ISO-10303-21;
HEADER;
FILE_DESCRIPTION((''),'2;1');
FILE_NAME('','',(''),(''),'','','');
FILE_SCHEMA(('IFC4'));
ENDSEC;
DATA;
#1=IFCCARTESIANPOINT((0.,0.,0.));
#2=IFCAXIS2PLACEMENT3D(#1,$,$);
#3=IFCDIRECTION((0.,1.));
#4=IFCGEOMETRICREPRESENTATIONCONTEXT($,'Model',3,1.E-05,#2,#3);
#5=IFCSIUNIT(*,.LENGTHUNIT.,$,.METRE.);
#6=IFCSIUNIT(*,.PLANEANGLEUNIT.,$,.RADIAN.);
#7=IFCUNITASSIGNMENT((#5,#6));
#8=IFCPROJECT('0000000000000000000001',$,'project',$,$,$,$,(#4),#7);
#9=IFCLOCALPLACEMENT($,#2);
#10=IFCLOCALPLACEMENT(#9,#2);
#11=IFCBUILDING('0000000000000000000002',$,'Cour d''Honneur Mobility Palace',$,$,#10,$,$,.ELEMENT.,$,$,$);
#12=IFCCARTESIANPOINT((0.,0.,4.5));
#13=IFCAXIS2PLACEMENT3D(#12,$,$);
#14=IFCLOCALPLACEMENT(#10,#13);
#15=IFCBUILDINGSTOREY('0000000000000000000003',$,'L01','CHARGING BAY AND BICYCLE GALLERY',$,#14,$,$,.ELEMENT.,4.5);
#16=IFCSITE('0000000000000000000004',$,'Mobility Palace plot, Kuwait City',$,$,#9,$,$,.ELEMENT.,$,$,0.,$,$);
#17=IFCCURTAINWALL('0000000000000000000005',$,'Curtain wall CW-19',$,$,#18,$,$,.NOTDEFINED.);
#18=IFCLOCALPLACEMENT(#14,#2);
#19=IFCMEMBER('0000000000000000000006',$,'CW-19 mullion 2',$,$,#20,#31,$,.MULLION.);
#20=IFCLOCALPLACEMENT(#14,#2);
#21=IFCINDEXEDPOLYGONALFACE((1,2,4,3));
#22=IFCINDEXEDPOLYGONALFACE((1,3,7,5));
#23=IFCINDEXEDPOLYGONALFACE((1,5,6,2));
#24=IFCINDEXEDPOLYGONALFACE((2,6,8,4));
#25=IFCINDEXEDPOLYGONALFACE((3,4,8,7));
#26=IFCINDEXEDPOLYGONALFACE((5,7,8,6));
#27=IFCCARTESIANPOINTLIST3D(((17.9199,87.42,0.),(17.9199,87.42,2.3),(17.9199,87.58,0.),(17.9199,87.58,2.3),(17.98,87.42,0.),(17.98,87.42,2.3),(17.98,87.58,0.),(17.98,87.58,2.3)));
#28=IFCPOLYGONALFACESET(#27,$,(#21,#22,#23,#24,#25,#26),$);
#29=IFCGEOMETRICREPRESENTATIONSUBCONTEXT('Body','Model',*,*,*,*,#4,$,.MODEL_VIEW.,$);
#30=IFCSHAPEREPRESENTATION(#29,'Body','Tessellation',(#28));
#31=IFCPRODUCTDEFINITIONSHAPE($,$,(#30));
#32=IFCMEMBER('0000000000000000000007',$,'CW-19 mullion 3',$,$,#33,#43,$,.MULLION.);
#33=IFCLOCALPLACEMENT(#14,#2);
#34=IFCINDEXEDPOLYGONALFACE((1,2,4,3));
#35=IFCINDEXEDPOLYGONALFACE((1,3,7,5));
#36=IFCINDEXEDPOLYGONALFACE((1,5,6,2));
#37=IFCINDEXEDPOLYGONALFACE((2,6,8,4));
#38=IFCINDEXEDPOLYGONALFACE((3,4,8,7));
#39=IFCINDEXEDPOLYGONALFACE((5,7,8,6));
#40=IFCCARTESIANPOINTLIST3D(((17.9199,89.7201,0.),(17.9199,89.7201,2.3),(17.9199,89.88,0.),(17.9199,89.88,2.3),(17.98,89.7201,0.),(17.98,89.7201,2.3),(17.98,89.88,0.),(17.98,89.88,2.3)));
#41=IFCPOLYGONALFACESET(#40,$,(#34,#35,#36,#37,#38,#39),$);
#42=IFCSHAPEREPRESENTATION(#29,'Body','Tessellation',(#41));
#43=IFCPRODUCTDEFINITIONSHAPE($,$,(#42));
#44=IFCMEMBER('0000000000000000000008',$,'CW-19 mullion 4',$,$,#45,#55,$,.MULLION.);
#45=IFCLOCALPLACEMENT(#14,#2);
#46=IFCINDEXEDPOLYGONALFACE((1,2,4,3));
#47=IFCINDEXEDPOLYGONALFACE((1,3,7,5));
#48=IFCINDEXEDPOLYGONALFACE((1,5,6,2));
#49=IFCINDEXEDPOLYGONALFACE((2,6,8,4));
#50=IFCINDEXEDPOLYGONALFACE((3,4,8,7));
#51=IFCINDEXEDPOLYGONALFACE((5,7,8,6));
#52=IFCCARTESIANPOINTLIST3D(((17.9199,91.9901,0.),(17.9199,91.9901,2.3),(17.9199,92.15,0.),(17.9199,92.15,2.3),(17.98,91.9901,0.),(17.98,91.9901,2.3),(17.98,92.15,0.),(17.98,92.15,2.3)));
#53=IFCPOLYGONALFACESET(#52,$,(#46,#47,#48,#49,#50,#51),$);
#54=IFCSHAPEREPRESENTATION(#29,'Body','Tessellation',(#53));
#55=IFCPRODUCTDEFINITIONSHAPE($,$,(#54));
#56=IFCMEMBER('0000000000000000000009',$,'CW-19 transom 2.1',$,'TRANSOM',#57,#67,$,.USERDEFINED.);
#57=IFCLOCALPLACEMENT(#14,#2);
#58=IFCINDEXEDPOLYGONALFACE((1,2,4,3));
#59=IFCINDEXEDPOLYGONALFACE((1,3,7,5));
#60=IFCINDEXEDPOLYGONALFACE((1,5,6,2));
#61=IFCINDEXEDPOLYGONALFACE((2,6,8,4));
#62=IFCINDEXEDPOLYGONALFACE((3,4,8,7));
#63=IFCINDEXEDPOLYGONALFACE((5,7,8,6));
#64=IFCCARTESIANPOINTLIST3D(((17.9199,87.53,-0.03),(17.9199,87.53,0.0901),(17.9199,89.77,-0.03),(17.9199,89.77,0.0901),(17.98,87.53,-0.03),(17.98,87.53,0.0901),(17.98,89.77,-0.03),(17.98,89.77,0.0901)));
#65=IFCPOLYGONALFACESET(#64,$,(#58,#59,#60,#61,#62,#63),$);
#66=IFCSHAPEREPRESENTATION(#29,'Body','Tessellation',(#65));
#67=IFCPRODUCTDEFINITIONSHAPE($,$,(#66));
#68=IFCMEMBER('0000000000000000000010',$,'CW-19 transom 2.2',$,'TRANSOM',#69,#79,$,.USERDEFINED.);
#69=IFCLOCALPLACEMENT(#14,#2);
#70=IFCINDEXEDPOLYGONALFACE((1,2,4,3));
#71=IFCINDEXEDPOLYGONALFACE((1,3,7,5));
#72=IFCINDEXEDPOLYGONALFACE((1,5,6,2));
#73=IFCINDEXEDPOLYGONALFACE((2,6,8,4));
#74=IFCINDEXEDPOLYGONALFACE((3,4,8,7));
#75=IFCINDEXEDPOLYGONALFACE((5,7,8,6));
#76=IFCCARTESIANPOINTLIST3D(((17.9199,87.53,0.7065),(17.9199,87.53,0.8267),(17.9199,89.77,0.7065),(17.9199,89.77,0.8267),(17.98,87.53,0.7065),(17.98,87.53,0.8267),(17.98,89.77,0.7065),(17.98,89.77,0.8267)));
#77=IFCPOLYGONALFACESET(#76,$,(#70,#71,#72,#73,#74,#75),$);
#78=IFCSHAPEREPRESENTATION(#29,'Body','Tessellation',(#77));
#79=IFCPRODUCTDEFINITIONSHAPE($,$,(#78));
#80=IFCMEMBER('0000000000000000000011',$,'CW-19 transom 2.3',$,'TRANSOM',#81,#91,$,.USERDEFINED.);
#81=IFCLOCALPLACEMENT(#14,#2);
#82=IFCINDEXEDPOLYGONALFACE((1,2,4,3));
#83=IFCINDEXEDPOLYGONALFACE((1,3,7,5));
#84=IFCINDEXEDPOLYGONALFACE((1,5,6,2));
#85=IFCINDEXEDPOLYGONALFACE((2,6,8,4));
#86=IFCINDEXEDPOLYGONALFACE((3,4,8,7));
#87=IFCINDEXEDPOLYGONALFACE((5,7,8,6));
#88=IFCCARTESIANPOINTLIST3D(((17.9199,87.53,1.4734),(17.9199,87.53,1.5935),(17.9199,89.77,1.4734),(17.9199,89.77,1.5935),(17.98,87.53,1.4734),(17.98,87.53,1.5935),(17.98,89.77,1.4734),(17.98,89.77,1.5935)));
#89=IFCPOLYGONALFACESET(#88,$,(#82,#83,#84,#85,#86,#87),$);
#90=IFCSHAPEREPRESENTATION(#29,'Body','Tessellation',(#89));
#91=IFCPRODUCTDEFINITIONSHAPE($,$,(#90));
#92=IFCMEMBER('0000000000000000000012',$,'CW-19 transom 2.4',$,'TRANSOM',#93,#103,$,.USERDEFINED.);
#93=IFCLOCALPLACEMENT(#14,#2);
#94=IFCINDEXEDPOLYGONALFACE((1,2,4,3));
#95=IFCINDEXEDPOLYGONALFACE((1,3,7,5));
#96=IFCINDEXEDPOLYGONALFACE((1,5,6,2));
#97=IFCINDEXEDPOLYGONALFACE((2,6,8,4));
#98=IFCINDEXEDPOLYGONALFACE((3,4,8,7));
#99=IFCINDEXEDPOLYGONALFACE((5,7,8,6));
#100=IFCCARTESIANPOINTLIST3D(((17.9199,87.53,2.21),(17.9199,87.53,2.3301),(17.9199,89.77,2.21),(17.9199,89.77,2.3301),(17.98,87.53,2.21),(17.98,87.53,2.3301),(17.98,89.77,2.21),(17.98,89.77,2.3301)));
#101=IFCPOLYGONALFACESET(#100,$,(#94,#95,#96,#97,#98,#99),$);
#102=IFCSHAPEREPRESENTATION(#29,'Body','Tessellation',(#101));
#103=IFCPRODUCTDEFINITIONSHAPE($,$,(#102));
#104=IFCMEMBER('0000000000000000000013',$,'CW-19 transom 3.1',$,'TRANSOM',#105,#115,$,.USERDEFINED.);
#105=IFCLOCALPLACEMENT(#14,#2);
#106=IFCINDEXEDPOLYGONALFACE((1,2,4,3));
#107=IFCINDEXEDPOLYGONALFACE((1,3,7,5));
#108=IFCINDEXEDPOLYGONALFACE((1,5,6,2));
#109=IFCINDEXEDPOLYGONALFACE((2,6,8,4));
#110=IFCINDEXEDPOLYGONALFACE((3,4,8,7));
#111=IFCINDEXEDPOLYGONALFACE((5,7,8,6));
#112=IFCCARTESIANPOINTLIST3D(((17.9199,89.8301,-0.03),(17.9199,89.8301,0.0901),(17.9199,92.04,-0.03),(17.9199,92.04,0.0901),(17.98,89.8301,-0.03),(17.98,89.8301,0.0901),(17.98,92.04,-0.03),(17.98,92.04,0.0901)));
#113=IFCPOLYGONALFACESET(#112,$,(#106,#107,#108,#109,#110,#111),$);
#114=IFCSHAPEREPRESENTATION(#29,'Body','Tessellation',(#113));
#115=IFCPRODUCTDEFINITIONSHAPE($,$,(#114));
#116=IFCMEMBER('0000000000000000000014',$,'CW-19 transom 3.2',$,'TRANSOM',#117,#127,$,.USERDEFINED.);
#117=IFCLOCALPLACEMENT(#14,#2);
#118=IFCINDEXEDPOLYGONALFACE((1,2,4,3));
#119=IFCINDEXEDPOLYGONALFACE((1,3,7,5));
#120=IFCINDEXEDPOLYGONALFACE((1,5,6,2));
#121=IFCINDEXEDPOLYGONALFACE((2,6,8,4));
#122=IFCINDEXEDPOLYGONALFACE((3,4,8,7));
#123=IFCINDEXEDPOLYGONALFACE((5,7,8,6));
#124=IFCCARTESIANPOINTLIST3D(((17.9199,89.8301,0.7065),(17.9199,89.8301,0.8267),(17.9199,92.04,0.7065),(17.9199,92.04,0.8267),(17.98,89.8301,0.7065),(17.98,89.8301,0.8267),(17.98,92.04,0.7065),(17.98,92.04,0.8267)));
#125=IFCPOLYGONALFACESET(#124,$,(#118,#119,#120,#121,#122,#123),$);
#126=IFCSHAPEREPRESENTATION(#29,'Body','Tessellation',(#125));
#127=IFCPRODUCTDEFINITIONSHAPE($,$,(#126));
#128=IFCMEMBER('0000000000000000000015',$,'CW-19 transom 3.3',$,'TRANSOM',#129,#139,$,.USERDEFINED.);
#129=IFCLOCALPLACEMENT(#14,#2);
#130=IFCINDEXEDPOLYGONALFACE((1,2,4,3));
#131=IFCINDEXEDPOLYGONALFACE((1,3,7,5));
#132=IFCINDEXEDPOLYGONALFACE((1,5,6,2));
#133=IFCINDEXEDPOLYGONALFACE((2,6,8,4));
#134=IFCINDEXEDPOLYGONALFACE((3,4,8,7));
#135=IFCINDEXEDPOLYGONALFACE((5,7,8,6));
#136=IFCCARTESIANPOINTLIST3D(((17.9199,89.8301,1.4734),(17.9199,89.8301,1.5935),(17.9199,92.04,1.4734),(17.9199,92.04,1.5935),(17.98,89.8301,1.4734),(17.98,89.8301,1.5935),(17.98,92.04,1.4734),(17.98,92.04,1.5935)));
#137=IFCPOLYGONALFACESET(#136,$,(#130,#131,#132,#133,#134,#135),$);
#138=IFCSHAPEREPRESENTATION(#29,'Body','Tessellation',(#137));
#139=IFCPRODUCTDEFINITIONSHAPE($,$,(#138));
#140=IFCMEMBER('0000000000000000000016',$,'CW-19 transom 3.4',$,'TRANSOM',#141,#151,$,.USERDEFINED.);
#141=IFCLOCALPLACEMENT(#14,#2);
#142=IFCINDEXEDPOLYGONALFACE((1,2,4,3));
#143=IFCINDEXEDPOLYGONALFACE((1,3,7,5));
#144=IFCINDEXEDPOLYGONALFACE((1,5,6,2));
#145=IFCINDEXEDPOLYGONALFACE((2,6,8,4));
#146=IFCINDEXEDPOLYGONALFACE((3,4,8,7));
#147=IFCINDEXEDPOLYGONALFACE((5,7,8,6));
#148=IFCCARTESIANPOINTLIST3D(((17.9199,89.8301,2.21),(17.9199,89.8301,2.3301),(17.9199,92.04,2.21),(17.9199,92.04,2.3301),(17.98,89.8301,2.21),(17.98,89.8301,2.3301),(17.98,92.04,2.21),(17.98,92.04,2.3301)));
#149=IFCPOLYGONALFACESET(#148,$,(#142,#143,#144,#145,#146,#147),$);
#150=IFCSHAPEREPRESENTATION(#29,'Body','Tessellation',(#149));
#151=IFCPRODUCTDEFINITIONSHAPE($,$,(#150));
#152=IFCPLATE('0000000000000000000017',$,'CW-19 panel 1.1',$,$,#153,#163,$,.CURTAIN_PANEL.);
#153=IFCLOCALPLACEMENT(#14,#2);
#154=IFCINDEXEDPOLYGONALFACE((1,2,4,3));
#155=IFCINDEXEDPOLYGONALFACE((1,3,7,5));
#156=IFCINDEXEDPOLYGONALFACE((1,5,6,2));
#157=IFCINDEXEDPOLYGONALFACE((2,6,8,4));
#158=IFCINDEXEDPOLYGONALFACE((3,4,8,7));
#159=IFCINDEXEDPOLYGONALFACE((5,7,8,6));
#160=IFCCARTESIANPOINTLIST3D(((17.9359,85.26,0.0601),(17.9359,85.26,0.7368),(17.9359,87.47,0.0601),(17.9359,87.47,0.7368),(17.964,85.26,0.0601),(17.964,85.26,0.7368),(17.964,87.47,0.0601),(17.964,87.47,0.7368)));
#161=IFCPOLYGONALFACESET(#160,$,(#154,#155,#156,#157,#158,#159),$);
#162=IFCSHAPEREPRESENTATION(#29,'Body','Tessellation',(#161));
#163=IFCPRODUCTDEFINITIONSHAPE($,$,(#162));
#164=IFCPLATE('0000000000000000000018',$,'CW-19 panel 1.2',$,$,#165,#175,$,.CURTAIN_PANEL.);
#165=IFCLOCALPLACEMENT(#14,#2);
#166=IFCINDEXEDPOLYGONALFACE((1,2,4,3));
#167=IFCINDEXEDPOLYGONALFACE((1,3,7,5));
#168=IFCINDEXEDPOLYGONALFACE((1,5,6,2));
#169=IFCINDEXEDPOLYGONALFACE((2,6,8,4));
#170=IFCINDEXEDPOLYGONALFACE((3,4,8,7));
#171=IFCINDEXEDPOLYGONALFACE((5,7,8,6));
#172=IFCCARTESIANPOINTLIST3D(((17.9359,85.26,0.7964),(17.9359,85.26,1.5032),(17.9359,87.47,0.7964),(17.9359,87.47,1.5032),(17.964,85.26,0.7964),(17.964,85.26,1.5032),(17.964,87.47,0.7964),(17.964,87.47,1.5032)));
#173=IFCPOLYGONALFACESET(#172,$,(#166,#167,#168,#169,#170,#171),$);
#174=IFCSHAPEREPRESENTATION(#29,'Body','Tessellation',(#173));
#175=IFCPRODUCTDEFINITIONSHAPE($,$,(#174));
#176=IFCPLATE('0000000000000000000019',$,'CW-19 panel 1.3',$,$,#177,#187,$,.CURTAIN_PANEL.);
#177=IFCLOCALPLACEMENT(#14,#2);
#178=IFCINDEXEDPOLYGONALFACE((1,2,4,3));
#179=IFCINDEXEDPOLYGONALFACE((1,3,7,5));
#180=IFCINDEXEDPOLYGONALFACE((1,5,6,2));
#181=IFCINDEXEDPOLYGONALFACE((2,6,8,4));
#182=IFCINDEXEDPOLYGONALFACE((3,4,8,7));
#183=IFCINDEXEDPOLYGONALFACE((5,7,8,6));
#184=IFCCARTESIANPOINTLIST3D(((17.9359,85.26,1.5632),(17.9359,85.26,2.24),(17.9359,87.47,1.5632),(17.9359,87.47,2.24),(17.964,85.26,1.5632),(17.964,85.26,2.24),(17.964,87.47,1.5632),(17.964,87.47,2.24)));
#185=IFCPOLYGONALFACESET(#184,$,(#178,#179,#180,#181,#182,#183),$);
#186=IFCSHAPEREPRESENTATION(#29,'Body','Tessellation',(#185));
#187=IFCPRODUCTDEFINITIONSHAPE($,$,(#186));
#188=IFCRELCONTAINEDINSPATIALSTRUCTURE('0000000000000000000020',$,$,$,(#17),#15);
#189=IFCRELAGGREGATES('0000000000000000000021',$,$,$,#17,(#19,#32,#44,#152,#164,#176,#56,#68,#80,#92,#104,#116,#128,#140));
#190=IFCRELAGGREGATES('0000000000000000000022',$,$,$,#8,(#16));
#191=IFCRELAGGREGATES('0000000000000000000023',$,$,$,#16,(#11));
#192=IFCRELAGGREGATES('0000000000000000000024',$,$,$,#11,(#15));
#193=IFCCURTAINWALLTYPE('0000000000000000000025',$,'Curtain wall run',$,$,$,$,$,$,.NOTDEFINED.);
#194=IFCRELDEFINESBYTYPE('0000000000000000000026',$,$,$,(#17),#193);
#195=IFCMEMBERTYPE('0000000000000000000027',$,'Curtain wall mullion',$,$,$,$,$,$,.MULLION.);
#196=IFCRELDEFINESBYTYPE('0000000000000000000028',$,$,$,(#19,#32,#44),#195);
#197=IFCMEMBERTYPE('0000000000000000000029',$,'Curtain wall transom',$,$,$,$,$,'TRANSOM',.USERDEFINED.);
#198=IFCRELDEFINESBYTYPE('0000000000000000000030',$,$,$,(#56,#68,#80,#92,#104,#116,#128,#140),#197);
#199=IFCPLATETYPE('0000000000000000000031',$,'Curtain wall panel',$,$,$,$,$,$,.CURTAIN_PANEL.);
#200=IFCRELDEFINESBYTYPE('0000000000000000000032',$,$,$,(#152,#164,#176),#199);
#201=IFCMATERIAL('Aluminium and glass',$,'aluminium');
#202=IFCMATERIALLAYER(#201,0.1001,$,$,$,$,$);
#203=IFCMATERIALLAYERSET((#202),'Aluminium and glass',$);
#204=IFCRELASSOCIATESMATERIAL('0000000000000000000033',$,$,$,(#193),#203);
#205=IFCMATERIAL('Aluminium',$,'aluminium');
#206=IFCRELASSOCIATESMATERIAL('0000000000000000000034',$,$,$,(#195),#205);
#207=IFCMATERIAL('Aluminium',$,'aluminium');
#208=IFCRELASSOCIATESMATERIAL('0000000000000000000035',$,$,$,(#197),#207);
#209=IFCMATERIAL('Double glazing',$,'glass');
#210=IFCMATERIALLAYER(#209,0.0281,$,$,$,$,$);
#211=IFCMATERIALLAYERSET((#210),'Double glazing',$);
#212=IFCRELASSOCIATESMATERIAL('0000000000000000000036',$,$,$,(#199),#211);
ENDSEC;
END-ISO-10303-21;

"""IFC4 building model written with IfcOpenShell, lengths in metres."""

from ifc_helpers import new_model, si_unit, direction, frame, origin, origin_2d, place, context, subcontext, project, spatial, rectangle, extrude, material, layer, layer_set, material_profile, profile_set, type_object, element, aggregate, save


model = new_model("IFC4")

# Units and contexts
model_context = context("Model", 3, precision=1e-05, world=origin(), true_north=direction((0.0, 1.0)))
body_context = subcontext(model_context, "Body", "Model", "MODEL_VIEW")
ifc_project = project(units=[si_unit("LENGTHUNIT", "METRE"), si_unit("PLANEANGLEUNIT", "RADIAN")], contexts=[model_context])

# Site, building, storey
site_placement = place(None, origin())
site = spatial("IfcSite", under=ifc_project, at=site_placement, Name="Mobility Palace plot, Kuwait City", CompositionType="ELEMENT", RefElevation=0.0)
building_placement = place(site_placement, origin())
building = spatial("IfcBuilding", under=site, at=building_placement, Name="Cour d'Honneur Mobility Palace", CompositionType="ELEMENT")
storey_placement = place(building_placement, frame((0.0, 0.0, 4.5)))
storey = spatial("IfcBuildingStorey", under=building, at=storey_placement, Name="L01", Description="CHARGING BAY AND BICYCLE GALLERY", CompositionType="ELEMENT", Elevation=4.5)

# Curtain wall, members, plates
ifc_material_1 = material(Name="Aluminium and glass", Category="aluminium")
ifc_layer_1 = layer(ifc_material_1, 0.1001)
ifc_layer_set_1 = layer_set([ifc_layer_1], Name="Aluminium and glass")
curtain_wall_type = type_object("IfcCurtainWallType", Name="Curtain wall run", PredefinedType="NOTDEFINED", material=ifc_layer_set_1)
curtain_wall_placement = place(storey_placement, origin())
curtain_wall = element("IfcCurtainWall", 1, at=curtain_wall_placement, inside=storey, type_object=curtain_wall_type, Name="Curtain wall CW-19", PredefinedType="NOTDEFINED")
ifc_material_2 = material(Name="Aluminium", Category="aluminium")
ifc_material_profile_1 = material_profile(ifc_material_2, rectangle(XDim=0.0601, YDim=0.1599, at=origin_2d()), Name="Curtain wall mullion")
ifc_profile_set_1 = profile_set([ifc_material_profile_1], Name="Aluminium")
member_type_1 = type_object("IfcMemberType", Name="Curtain wall mullion", PredefinedType="MULLION", material=ifc_profile_set_1)
member_1_placement = place(storey_placement, frame((17.95, 87.5, 0.0), z_axis=(0.0, 0.0, 1.0), x_axis=(-1.0, 0.0, 0.0)))
member_1 = element("IfcMember", 2, at=member_1_placement, type_object=member_type_1, Name="CW-19 mullion 2", PredefinedType="MULLION", context=body_context, shape_type="SweptSolid", body=[
    extrude(rectangle(XDim=0.0601, YDim=0.1599, at=origin_2d()), origin(), (0.0, 0.0, 1.0), 2.3),
])
member_2_placement = place(storey_placement, frame((17.95, 89.8, 0.0), z_axis=(0.0, 0.0, 1.0), x_axis=(-1.0, 0.0, 0.0)))
member_2 = element("IfcMember", 3, at=member_2_placement, type_object=member_type_1, Name="CW-19 mullion 3", PredefinedType="MULLION", context=body_context, shape_type="SweptSolid", body=[
    extrude(rectangle(XDim=0.0601, YDim=0.1599, at=origin_2d()), origin(), (0.0, 0.0, 1.0), 2.3),
])
member_3_placement = place(storey_placement, frame((17.95, 92.0701, 0.0), z_axis=(0.0, 0.0, 1.0), x_axis=(-1.0, 0.0, 0.0)))
member_3 = element("IfcMember", 4, at=member_3_placement, type_object=member_type_1, Name="CW-19 mullion 4", PredefinedType="MULLION", context=body_context, shape_type="SweptSolid", body=[
    extrude(rectangle(XDim=0.0601, YDim=0.1599, at=origin_2d()), origin(), (0.0, 0.0, 1.0), 2.3),
])
ifc_material_3 = material(Name="Aluminium", Category="aluminium")
ifc_material_profile_2 = material_profile(ifc_material_3, rectangle(XDim=0.0601, YDim=0.1201, at=origin_2d()), Name="Curtain wall transom")
ifc_profile_set_2 = profile_set([ifc_material_profile_2], Name="Aluminium")
member_type_2 = type_object("IfcMemberType", Name="Curtain wall transom", ElementType="TRANSOM", PredefinedType="USERDEFINED", material=ifc_profile_set_2)
member_4_placement = place(storey_placement, frame((17.95, 87.53, 0.03), z_axis=(0.0, 1.0, 0.0), x_axis=(-1.0, 0.0, 0.0)))
member_4 = element("IfcMember", 5, at=member_4_placement, type_object=member_type_2, Name="CW-19 transom 2.1", ObjectType="TRANSOM", PredefinedType="USERDEFINED", context=body_context, shape_type="SweptSolid", body=[
    extrude(rectangle(XDim=0.0601, YDim=0.1201, at=origin_2d()), origin(), (0.0, 0.0, 1.0), 2.24),
])
member_5_placement = place(storey_placement, frame((17.95, 87.53, 0.7666), z_axis=(0.0, 1.0, 0.0), x_axis=(-1.0, 0.0, 0.0)))
member_5 = element("IfcMember", 6, at=member_5_placement, type_object=member_type_2, Name="CW-19 transom 2.2", ObjectType="TRANSOM", PredefinedType="USERDEFINED", context=body_context, shape_type="SweptSolid", body=[
    extrude(rectangle(XDim=0.0601, YDim=0.1201, at=origin_2d()), origin(), (0.0, 0.0, 1.0), 2.24),
])
member_6_placement = place(storey_placement, frame((17.95, 87.53, 1.5334), z_axis=(0.0, 1.0, 0.0), x_axis=(-1.0, 0.0, 0.0)))
member_6 = element("IfcMember", 7, at=member_6_placement, type_object=member_type_2, Name="CW-19 transom 2.3", ObjectType="TRANSOM", PredefinedType="USERDEFINED", context=body_context, shape_type="SweptSolid", body=[
    extrude(rectangle(XDim=0.0601, YDim=0.1201, at=origin_2d()), origin(), (0.0, 0.0, 1.0), 2.24),
])
member_7_placement = place(storey_placement, frame((17.95, 87.53, 2.27), z_axis=(0.0, 1.0, 0.0), x_axis=(-1.0, 0.0, 0.0)))
member_7 = element("IfcMember", 8, at=member_7_placement, type_object=member_type_2, Name="CW-19 transom 2.4", ObjectType="TRANSOM", PredefinedType="USERDEFINED", context=body_context, shape_type="SweptSolid", body=[
    extrude(rectangle(XDim=0.0601, YDim=0.1201, at=origin_2d()), origin(), (0.0, 0.0, 1.0), 2.24),
])
member_8_placement = place(storey_placement, frame((17.95, 89.8301, 0.03), z_axis=(0.0, 1.0, 0.0), x_axis=(-1.0, 0.0, 0.0)))
member_8 = element("IfcMember", 9, at=member_8_placement, type_object=member_type_2, Name="CW-19 transom 3.1", ObjectType="TRANSOM", PredefinedType="USERDEFINED", context=body_context, shape_type="SweptSolid", body=[
    extrude(rectangle(XDim=0.0601, YDim=0.1201, at=origin_2d()), origin(), (0.0, 0.0, 1.0), 2.21),
])
member_9_placement = place(storey_placement, frame((17.95, 89.8301, 0.7666), z_axis=(0.0, 1.0, 0.0), x_axis=(-1.0, 0.0, 0.0)))
member_9 = element("IfcMember", 10, at=member_9_placement, type_object=member_type_2, Name="CW-19 transom 3.2", ObjectType="TRANSOM", PredefinedType="USERDEFINED", context=body_context, shape_type="SweptSolid", body=[
    extrude(rectangle(XDim=0.0601, YDim=0.1201, at=origin_2d()), origin(), (0.0, 0.0, 1.0), 2.21),
])
member_10_placement = place(storey_placement, frame((17.95, 89.8301, 1.5334), z_axis=(0.0, 1.0, 0.0), x_axis=(-1.0, 0.0, 0.0)))
member_10 = element("IfcMember", 11, at=member_10_placement, type_object=member_type_2, Name="CW-19 transom 3.3", ObjectType="TRANSOM", PredefinedType="USERDEFINED", context=body_context, shape_type="SweptSolid", body=[
    extrude(rectangle(XDim=0.0601, YDim=0.1201, at=origin_2d()), origin(), (0.0, 0.0, 1.0), 2.21),
])
member_11_placement = place(storey_placement, frame((17.95, 89.8301, 2.27), z_axis=(0.0, 1.0, 0.0), x_axis=(-1.0, 0.0, 0.0)))
member_11 = element("IfcMember", 12, at=member_11_placement, type_object=member_type_2, Name="CW-19 transom 3.4", ObjectType="TRANSOM", PredefinedType="USERDEFINED", context=body_context, shape_type="SweptSolid", body=[
    extrude(rectangle(XDim=0.0601, YDim=0.1201, at=origin_2d()), origin(), (0.0, 0.0, 1.0), 2.21),
])
ifc_material_4 = material(Name="Double glazing", Category="glass")
ifc_layer_2 = layer(ifc_material_4, 0.0281)
ifc_layer_set_2 = layer_set([ifc_layer_2], Name="Double glazing")
plate_type = type_object("IfcPlateType", Name="Curtain wall panel", PredefinedType="CURTAIN_PANEL", material=ifc_layer_set_2)
plate_1_placement = place(storey_placement, frame((17.95, 86.365, 0.0601), z_axis=(0.0, 0.0, 1.0), x_axis=(0.0, 1.0, 0.0)))
plate_1 = element("IfcPlate", 13, at=plate_1_placement, type_object=plate_type, Name="CW-19 panel 1.1", PredefinedType="CURTAIN_PANEL", context=body_context, shape_type="SweptSolid", body=[
    extrude(rectangle(XDim=2.21, YDim=0.0281, at=origin_2d()), origin(), (0.0, 0.0, 1.0), 0.6768),
])
plate_2_placement = place(storey_placement, frame((17.95, 86.365, 0.7964), z_axis=(0.0, 0.0, 1.0), x_axis=(0.0, 1.0, 0.0)))
plate_2 = element("IfcPlate", 14, at=plate_2_placement, type_object=plate_type, Name="CW-19 panel 1.2", PredefinedType="CURTAIN_PANEL", context=body_context, shape_type="SweptSolid", body=[
    extrude(rectangle(XDim=2.21, YDim=0.0281, at=origin_2d()), origin(), (0.0, 0.0, 1.0), 0.7068),
])
plate_3_placement = place(storey_placement, frame((17.95, 86.365, 1.5632), z_axis=(0.0, 0.0, 1.0), x_axis=(0.0, 1.0, 0.0)))
plate_3 = element("IfcPlate", 15, at=plate_3_placement, type_object=plate_type, Name="CW-19 panel 1.3", PredefinedType="CURTAIN_PANEL", context=body_context, shape_type="SweptSolid", body=[
    extrude(rectangle(XDim=2.21, YDim=0.0281, at=origin_2d()), origin(), (0.0, 0.0, 1.0), 0.6768),
])
aggregate(curtain_wall, [member_1, member_2, member_3, plate_1, plate_2, plate_3, member_4, member_5, member_6, member_7, member_8, member_9, member_10, member_11])

save(model, "model.ifc")
